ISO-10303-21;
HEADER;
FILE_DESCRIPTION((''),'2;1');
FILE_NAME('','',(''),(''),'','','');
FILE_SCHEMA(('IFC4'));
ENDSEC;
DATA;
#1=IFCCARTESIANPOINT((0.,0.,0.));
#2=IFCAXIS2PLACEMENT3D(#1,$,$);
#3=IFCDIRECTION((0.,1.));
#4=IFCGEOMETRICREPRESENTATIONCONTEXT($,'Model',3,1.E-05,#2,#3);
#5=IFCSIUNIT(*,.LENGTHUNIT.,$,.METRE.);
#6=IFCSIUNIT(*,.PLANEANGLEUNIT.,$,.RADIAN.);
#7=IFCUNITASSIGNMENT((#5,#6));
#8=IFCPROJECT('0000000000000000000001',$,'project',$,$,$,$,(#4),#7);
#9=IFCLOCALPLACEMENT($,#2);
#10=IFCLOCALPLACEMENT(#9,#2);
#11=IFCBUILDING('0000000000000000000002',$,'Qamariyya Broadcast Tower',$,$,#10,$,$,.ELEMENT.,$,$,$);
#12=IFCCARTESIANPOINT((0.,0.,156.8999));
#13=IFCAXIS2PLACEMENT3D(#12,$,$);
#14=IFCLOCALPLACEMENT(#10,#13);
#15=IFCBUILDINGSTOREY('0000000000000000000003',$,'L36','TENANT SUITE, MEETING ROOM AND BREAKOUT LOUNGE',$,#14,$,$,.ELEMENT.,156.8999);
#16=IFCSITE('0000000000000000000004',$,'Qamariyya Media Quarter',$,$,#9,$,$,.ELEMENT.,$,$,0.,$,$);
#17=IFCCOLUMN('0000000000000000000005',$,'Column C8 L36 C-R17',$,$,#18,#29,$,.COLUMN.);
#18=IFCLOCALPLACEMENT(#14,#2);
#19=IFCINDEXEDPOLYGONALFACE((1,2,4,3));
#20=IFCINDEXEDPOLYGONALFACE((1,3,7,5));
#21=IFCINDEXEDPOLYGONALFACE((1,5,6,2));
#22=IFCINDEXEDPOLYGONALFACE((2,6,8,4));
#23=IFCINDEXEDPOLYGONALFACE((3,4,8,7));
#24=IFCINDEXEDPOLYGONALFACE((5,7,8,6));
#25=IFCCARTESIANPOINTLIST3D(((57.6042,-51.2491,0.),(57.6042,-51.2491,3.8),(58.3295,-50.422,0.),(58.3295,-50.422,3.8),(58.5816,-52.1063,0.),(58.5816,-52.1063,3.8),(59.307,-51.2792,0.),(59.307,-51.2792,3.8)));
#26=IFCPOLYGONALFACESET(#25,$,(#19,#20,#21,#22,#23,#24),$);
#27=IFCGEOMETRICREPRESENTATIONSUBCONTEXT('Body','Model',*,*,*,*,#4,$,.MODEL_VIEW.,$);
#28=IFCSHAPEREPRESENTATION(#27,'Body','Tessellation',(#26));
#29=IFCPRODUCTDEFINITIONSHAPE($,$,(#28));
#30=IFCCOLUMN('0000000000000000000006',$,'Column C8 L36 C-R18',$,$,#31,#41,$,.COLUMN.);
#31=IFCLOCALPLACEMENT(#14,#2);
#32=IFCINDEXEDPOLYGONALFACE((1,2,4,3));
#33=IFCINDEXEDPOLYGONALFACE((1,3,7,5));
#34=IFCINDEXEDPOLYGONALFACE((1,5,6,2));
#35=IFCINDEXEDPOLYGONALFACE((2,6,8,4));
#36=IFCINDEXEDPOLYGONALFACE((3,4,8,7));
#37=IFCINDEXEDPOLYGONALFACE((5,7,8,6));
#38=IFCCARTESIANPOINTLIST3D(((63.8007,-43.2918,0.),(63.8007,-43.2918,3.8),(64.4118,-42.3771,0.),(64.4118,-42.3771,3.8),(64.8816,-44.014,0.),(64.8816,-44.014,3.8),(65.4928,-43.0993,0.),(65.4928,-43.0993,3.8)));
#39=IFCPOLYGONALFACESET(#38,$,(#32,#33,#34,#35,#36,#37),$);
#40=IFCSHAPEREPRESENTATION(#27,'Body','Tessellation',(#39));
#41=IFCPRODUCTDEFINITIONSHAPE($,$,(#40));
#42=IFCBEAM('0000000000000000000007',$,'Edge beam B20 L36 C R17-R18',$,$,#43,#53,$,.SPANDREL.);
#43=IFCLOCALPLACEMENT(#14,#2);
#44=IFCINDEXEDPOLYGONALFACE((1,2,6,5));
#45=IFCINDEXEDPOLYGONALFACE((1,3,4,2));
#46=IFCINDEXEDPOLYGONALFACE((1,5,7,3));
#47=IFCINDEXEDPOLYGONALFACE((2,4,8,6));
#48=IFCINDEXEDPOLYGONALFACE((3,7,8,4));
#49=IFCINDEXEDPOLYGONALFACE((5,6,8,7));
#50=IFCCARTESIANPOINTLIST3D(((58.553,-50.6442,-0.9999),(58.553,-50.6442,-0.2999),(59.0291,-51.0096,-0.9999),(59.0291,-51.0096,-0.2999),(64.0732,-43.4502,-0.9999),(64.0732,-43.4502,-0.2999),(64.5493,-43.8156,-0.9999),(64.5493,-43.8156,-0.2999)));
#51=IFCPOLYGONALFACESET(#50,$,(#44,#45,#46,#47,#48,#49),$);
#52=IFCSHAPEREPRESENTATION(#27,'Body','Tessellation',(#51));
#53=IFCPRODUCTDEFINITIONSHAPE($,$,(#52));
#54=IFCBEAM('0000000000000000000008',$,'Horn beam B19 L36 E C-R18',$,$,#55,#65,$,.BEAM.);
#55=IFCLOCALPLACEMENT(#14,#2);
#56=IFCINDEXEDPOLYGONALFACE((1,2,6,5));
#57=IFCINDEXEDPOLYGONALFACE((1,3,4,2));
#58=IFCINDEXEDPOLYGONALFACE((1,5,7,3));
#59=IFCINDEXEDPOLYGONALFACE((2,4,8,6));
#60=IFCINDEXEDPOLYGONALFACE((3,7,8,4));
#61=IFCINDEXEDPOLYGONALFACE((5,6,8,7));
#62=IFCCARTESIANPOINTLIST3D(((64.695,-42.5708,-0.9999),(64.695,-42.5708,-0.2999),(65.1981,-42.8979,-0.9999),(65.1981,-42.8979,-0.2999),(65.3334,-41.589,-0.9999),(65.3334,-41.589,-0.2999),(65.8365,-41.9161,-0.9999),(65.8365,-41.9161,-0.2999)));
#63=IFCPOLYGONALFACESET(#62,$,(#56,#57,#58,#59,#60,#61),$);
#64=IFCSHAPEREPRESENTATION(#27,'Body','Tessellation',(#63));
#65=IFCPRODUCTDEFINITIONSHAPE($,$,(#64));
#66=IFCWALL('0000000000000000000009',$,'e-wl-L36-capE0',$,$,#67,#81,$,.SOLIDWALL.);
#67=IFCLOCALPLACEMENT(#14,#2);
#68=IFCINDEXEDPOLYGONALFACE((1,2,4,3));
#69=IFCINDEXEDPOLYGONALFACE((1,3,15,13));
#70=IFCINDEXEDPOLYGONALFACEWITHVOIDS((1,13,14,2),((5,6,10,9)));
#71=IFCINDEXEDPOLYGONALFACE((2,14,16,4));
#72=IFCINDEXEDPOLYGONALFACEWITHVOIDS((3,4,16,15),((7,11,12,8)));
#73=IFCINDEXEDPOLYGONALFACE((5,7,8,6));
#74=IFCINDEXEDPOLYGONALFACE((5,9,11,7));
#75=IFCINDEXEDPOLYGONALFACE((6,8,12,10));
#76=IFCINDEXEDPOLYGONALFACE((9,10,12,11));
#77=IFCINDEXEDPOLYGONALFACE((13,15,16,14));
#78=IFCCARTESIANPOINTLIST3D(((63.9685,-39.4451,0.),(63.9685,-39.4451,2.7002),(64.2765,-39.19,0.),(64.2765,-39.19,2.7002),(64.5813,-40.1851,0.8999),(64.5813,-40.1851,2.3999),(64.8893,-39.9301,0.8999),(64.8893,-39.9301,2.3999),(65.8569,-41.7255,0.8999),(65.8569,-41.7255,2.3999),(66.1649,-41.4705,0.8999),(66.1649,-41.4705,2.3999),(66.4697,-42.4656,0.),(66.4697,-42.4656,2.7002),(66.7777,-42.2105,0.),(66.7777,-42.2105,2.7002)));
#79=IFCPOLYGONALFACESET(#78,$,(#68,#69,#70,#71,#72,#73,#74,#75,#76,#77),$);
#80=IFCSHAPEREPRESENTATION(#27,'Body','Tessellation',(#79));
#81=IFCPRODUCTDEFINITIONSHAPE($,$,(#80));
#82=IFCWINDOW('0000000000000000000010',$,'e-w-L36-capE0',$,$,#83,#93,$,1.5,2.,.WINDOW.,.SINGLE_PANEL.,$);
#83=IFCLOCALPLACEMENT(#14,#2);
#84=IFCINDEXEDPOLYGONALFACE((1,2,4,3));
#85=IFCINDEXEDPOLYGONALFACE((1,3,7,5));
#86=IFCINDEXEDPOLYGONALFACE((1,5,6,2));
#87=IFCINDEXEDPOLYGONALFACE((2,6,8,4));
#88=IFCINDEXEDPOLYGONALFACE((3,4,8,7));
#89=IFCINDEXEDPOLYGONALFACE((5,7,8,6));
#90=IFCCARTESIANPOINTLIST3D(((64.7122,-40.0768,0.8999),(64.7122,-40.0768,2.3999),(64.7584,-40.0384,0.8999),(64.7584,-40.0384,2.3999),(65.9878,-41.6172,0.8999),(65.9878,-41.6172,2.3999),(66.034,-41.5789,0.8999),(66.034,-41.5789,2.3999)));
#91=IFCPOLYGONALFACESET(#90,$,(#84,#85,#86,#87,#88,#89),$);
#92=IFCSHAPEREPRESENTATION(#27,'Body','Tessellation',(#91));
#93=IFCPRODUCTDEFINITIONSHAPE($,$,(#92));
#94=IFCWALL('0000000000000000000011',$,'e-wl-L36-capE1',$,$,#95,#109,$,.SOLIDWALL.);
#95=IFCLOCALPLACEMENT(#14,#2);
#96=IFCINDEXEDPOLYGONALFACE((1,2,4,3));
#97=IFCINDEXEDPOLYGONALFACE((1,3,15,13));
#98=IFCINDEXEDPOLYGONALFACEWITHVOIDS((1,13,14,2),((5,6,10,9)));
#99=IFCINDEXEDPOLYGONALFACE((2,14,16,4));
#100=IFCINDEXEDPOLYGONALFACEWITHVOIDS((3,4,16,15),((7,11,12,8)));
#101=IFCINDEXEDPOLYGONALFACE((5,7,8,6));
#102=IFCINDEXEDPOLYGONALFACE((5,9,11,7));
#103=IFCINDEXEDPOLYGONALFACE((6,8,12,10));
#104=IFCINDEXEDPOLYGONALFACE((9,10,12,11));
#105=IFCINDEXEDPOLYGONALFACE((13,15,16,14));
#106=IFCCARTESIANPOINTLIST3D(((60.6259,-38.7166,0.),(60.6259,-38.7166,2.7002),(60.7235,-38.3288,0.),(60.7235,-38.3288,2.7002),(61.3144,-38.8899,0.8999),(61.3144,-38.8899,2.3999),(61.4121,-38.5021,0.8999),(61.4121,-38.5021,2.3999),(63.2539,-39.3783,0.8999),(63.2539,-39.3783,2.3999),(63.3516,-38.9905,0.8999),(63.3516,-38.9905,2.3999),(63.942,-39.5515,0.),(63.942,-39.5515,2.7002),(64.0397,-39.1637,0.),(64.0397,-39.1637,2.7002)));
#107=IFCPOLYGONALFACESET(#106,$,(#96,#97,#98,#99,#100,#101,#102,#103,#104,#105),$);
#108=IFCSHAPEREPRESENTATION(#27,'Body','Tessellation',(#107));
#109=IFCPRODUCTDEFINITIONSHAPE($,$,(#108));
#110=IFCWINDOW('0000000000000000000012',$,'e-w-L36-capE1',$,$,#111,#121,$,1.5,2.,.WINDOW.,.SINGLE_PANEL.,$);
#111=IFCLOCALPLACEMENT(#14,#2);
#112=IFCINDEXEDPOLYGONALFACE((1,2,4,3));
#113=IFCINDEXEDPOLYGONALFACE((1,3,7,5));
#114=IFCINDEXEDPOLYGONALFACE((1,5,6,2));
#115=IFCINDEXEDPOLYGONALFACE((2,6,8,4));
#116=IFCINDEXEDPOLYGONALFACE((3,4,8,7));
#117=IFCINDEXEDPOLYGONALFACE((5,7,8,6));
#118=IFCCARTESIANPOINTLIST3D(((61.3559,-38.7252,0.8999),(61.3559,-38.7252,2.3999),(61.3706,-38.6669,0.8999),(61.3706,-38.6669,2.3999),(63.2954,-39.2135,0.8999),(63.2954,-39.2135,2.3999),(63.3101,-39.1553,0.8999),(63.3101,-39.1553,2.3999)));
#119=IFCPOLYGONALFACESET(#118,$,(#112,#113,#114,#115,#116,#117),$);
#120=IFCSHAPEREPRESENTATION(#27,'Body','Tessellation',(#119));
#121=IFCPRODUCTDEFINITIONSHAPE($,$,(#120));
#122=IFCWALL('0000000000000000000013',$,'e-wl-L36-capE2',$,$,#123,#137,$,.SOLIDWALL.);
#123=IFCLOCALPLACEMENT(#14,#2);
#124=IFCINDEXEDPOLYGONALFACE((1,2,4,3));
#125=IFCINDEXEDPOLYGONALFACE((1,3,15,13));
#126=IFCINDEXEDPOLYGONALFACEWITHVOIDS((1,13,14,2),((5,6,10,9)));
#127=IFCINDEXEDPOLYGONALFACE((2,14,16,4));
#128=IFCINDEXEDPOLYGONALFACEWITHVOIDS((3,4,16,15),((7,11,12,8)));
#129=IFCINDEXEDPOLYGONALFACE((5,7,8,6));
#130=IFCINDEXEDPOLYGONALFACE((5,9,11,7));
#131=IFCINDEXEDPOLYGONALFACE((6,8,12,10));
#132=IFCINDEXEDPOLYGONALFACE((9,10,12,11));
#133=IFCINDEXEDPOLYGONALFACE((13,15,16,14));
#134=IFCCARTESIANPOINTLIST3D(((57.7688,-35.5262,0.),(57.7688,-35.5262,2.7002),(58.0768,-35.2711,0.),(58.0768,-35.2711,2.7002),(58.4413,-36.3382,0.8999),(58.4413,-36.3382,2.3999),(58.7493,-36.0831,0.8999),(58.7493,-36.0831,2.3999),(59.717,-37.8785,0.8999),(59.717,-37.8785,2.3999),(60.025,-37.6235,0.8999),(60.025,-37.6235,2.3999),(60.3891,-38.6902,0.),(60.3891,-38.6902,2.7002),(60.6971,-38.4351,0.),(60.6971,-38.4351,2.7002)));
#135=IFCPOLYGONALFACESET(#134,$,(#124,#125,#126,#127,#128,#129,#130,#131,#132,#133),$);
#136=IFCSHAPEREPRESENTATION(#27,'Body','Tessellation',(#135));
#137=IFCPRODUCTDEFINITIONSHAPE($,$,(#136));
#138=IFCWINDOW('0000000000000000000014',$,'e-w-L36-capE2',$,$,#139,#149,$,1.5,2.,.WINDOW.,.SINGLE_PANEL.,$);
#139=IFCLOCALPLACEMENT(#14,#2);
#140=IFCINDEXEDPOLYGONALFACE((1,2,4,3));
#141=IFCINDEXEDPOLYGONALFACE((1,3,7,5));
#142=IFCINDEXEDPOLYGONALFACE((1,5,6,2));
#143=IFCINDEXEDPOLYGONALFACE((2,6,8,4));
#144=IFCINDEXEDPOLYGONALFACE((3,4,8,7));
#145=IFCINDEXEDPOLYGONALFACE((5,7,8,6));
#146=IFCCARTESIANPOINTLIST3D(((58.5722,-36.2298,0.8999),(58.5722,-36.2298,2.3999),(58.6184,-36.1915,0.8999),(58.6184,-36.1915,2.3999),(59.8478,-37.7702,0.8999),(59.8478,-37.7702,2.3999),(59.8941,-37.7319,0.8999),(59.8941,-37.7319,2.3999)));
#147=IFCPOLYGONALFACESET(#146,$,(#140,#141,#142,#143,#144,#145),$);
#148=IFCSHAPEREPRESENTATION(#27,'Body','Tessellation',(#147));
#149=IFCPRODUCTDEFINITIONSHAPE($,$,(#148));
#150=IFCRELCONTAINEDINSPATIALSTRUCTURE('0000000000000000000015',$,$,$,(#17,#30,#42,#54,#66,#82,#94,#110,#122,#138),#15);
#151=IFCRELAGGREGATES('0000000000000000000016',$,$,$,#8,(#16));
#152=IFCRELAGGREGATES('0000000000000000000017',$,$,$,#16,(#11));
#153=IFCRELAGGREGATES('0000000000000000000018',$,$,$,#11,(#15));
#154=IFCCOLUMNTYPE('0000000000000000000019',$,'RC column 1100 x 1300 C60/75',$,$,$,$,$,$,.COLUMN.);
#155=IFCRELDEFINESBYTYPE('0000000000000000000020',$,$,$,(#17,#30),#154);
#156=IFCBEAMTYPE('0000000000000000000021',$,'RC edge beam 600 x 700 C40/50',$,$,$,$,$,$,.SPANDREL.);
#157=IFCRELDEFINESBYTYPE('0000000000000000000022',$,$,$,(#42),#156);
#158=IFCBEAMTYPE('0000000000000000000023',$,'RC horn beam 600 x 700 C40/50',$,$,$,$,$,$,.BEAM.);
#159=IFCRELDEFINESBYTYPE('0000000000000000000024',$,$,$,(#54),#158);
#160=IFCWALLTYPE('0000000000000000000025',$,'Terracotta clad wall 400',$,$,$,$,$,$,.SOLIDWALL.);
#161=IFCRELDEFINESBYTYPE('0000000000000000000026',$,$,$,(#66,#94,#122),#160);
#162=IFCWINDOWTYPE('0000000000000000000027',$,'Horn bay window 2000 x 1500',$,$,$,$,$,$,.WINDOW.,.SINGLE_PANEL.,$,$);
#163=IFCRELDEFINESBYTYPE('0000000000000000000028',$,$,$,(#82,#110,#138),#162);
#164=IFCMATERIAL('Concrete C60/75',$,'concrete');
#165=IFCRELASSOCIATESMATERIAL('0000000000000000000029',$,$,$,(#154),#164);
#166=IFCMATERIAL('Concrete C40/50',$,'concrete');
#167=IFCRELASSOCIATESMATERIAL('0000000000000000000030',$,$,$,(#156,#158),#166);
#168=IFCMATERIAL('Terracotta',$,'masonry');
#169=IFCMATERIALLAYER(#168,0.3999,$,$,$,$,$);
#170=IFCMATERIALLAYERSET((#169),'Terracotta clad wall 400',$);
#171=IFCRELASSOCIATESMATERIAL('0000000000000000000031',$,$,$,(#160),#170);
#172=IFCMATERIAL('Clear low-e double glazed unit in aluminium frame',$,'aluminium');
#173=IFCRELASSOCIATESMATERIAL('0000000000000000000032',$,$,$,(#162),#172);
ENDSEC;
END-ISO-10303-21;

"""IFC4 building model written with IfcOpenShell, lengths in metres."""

from ifc_helpers import new_model, si_unit, direction, frame, frame_2d, origin, origin_2d, place, context, subcontext, project, spatial, rectangle, extrude, material, layer, layer_set, material_profile, profile_set, type_object, element, fill, save


model = new_model("IFC4")

# Units and contexts
model_context = context("Model", 3, precision=1e-05, world=origin(), true_north=direction((0.0, 1.0)))
body_context = subcontext(model_context, "Body", "Model", "MODEL_VIEW")
ifc_project = project(units=[si_unit("LENGTHUNIT", "METRE"), si_unit("PLANEANGLEUNIT", "RADIAN")], contexts=[model_context])

# Site, building, storey
site_placement = place(None, origin())
site = spatial("IfcSite", under=ifc_project, at=site_placement, Name="Qamariyya Media Quarter", CompositionType="ELEMENT", RefElevation=0.0)
building_placement = place(site_placement, origin())
building = spatial("IfcBuilding", under=site, at=building_placement, Name="Qamariyya Broadcast Tower", CompositionType="ELEMENT")
storey_placement = place(building_placement, frame((0.0, 0.0, 156.8999)))
storey = spatial("IfcBuildingStorey", under=building, at=storey_placement, Name="L36", Description="TENANT SUITE, MEETING ROOM AND BREAKOUT LOUNGE", CompositionType="ELEMENT", Elevation=156.8999)

# Columns
ifc_material_1 = material(Name="Concrete C60/75", Category="concrete")
ifc_material_profile_1 = material_profile(ifc_material_1, rectangle(XDim=1.1001, YDim=1.3, at=origin_2d()))
ifc_profile_set_1 = profile_set([ifc_material_profile_1], Name="Concrete C60/75")
column_type = type_object("IfcColumnType", Name="RC column 1100 x 1300 C60/75", PredefinedType="COLUMN", material=ifc_profile_set_1)
for number, where, z_axis, x_axis, name in (
    (1, (58.4556, -51.2642, 0.0), (0.0, 0.0, 1.0), (0.659346, 0.75184, 0.0), "Column C8 L36 C-R17"),
    (2, (64.6467, -43.1956, 0.0), (0.0, 0.0, 1.0), (0.55557, 0.83147, 0.0), "Column C8 L36 C-R18"),
):
    element("IfcColumn", number, at=place(storey_placement, frame(where, z_axis=z_axis, x_axis=x_axis)), inside=storey, type_object=column_type, Name=name, PredefinedType="COLUMN", context=body_context, shape_type="SweptSolid", body=[
        extrude(rectangle(XDim=1.1001, YDim=1.3, at=origin_2d()), origin(), (0.0, 0.0, 1.0), 3.8),
    ])

# Beams
ifc_material_2 = material(Name="Concrete C40/50", Category="concrete")
ifc_material_profile_2 = material_profile(ifc_material_2, rectangle(XDim=0.6001, YDim=0.7, at=origin_2d()))
ifc_profile_set_2 = profile_set([ifc_material_profile_2], Name="Concrete C40/50")
beam_type_1 = type_object("IfcBeamType", Name="RC edge beam 600 x 700 C40/50", PredefinedType="SPANDREL", material=ifc_profile_set_2)
beam_1_placement = place(storey_placement, frame((58.791, -50.8269, -0.6499), z_axis=(0.608764, 0.793351, 0.0), x_axis=(-0.793351, 0.608764, 0.0)))
element("IfcBeam", 3, at=beam_1_placement, inside=storey, type_object=beam_type_1, Name="Edge beam B20 L36 C R17-R18", PredefinedType="SPANDREL", context=body_context, shape_type="SweptSolid", body=[
    extrude(rectangle(XDim=0.6001, YDim=0.7, at=origin_2d()), origin(), (0.0, 0.0, 1.0), 9.0679),
])
ifc_material_profile_3 = material_profile(ifc_material_2, rectangle(XDim=0.6001, YDim=0.7, at=origin_2d()))
ifc_profile_set_3 = profile_set([ifc_material_profile_3], Name="Concrete C40/50")
beam_type_2 = type_object("IfcBeamType", Name="RC horn beam 600 x 700 C40/50", PredefinedType="BEAM", material=ifc_profile_set_3)
beam_2_placement = place(storey_placement, frame((64.9465, -42.7344, -0.6499), z_axis=(0.545091, 0.838377, 0.0), x_axis=(-0.838377, 0.545091, 0.0)))
element("IfcBeam", 4, at=beam_2_placement, inside=storey, type_object=beam_type_2, Name="Horn beam B19 L36 E C-R18", PredefinedType="BEAM", context=body_context, shape_type="SweptSolid", body=[
    extrude(rectangle(XDim=0.6001, YDim=0.7, at=origin_2d()), origin(), (0.0, 0.0, 1.0), 1.1711),
])

# Walls, openings, windows
ifc_material_3 = material(Name="Terracotta", Category="masonry")
ifc_layer = layer(ifc_material_3, 0.3999)
ifc_layer_set = layer_set([ifc_layer], Name="Terracotta clad wall 400")
wall_type = type_object("IfcWallType", Name="Terracotta clad wall 400", PredefinedType="SOLIDWALL", material=ifc_layer_set)
wall_1_placement = place(storey_placement, frame((66.6238, -42.3381, 0.0), z_axis=(0.0, 0.0, 1.0), x_axis=(-0.637793, 0.770208, 0.0)))
wall_1 = element("IfcWall", 5, at=wall_1_placement, inside=storey, type_object=wall_type, Name="e-wl-L36-capE0", PredefinedType="SOLIDWALL", context=body_context, shape_type="SweptSolid", body=[
    extrude(rectangle(XDim=3.9216, YDim=0.3999, at=frame_2d((1.9609, 0.0))), origin(), (0.0, 0.0, 1.0), 2.7002),
])
opening_1_placement = place(wall_1_placement, frame((0.9609, 0.0, 0.8999)))
opening_1 = element("IfcOpeningElement", 6, at=opening_1_placement, cuts=wall_1, PredefinedType="OPENING", context=body_context, shape_type="SweptSolid", body=[
    extrude(rectangle(XDim=2.0, YDim=1.5, at=frame_2d((1.0, 0.75))), frame((0.0, 0.21, 0.0), z_axis=(0.0, -1.0, 0.0), x_axis=(1.0, 0.0, 0.0)), (0.0, 0.0, 1.0), 0.4199),
])
ifc_material_4 = material(Name="Clear low-e double glazed unit in aluminium frame", Category="aluminium")
window_type = type_object("IfcWindowType", Name="Horn bay window 2000 x 1500", PartitioningType="SINGLE_PANEL", PredefinedType="WINDOW", material=ifc_material_4)
window_1_placement = place(opening_1_placement, origin())
window_1 = element("IfcWindow", 7, at=window_1_placement, inside=storey, type_object=window_type, Name="e-w-L36-capE0", OverallHeight=1.5, OverallWidth=2.0, PartitioningType="SINGLE_PANEL", PredefinedType="WINDOW", context=body_context, shape_type="SweptSolid", body=[
    extrude(rectangle(XDim=2.0, YDim=1.5, at=frame_2d((1.0, 0.75))), frame((0.0, 0.03, 0.0), z_axis=(0.0, -1.0, 0.0), x_axis=(1.0, 0.0, 0.0)), (0.0, 0.0, 1.0), 0.0601),
])
fill(opening_1, window_1)
wall_2_placement = place(storey_placement, frame((63.991, -39.3577, 0.0), z_axis=(0.0, 0.0, 1.0), x_axis=(-0.969734, 0.244165, 0.0)))
wall_2 = element("IfcWall", 8, at=wall_2_placement, inside=storey, type_object=wall_type, Name="e-wl-L36-capE1", PredefinedType="SOLIDWALL", context=body_context, shape_type="SweptSolid", body=[
    extrude(rectangle(XDim=3.4197, YDim=0.3999, at=frame_2d((1.71, 0.0))), origin(), (0.0, 0.0, 1.0), 2.7002),
])
opening_2_placement = place(wall_2_placement, frame((0.7097, 0.0, 0.8999)))
opening_2 = element("IfcOpeningElement", 9, at=opening_2_placement, cuts=wall_2, PredefinedType="OPENING", context=body_context, shape_type="SweptSolid", body=[
    extrude(rectangle(XDim=2.0, YDim=1.5, at=frame_2d((1.0, 0.75))), frame((0.0, 0.21, 0.0), z_axis=(0.0, -1.0, 0.0), x_axis=(1.0, 0.0, 0.0)), (0.0, 0.0, 1.0), 0.4199),
])
window_2_placement = place(opening_2_placement, origin())
window_2 = element("IfcWindow", 10, at=window_2_placement, inside=storey, type_object=window_type, Name="e-w-L36-capE1", OverallHeight=1.5, OverallWidth=2.0, PartitioningType="SINGLE_PANEL", PredefinedType="WINDOW", context=body_context, shape_type="SweptSolid", body=[
    extrude(rectangle(XDim=2.0, YDim=1.5, at=frame_2d((1.0, 0.75))), frame((0.0, 0.03, 0.0), z_axis=(0.0, -1.0, 0.0), x_axis=(1.0, 0.0, 0.0)), (0.0, 0.0, 1.0), 0.0601),
])
fill(opening_2, window_2)
wall_3_placement = place(storey_placement, frame((60.5432, -38.5627, 0.0), z_axis=(0.0, 0.0, 1.0), x_axis=(-0.637832, 0.770176, 0.0)))
wall_3 = element("IfcWall", 11, at=wall_3_placement, inside=storey, type_object=wall_type, Name="e-wl-L36-capE2", PredefinedType="SOLIDWALL", context=body_context, shape_type="SweptSolid", body=[
    extrude(rectangle(XDim=4.1082, YDim=0.3999, at=frame_2d((2.0542, 0.0))), origin(), (0.0, 0.0, 1.0), 2.7002),
])
opening_3_placement = place(wall_3_placement, frame((1.054, 0.0, 0.8999)))
opening_3 = element("IfcOpeningElement", 12, at=opening_3_placement, cuts=wall_3, PredefinedType="OPENING", context=body_context, shape_type="SweptSolid", body=[
    extrude(rectangle(XDim=2.0, YDim=1.5, at=frame_2d((1.0, 0.75))), frame((0.0, 0.21, 0.0), z_axis=(0.0, -1.0, 0.0), x_axis=(1.0, 0.0, 0.0)), (0.0, 0.0, 1.0), 0.4199),
])
window_3_placement = place(opening_3_placement, origin())
window_3 = element("IfcWindow", 13, at=window_3_placement, inside=storey, type_object=window_type, Name="e-w-L36-capE2", OverallHeight=1.5, OverallWidth=2.0, PartitioningType="SINGLE_PANEL", PredefinedType="WINDOW", context=body_context, shape_type="SweptSolid", body=[
    extrude(rectangle(XDim=2.0, YDim=1.5, at=frame_2d((1.0, 0.75))), frame((0.0, 0.03, 0.0), z_axis=(0.0, -1.0, 0.0), x_axis=(1.0, 0.0, 0.0)), (0.0, 0.0, 1.0), 0.0601),
])
fill(opening_3, window_3)

save(model, "model.ifc")
